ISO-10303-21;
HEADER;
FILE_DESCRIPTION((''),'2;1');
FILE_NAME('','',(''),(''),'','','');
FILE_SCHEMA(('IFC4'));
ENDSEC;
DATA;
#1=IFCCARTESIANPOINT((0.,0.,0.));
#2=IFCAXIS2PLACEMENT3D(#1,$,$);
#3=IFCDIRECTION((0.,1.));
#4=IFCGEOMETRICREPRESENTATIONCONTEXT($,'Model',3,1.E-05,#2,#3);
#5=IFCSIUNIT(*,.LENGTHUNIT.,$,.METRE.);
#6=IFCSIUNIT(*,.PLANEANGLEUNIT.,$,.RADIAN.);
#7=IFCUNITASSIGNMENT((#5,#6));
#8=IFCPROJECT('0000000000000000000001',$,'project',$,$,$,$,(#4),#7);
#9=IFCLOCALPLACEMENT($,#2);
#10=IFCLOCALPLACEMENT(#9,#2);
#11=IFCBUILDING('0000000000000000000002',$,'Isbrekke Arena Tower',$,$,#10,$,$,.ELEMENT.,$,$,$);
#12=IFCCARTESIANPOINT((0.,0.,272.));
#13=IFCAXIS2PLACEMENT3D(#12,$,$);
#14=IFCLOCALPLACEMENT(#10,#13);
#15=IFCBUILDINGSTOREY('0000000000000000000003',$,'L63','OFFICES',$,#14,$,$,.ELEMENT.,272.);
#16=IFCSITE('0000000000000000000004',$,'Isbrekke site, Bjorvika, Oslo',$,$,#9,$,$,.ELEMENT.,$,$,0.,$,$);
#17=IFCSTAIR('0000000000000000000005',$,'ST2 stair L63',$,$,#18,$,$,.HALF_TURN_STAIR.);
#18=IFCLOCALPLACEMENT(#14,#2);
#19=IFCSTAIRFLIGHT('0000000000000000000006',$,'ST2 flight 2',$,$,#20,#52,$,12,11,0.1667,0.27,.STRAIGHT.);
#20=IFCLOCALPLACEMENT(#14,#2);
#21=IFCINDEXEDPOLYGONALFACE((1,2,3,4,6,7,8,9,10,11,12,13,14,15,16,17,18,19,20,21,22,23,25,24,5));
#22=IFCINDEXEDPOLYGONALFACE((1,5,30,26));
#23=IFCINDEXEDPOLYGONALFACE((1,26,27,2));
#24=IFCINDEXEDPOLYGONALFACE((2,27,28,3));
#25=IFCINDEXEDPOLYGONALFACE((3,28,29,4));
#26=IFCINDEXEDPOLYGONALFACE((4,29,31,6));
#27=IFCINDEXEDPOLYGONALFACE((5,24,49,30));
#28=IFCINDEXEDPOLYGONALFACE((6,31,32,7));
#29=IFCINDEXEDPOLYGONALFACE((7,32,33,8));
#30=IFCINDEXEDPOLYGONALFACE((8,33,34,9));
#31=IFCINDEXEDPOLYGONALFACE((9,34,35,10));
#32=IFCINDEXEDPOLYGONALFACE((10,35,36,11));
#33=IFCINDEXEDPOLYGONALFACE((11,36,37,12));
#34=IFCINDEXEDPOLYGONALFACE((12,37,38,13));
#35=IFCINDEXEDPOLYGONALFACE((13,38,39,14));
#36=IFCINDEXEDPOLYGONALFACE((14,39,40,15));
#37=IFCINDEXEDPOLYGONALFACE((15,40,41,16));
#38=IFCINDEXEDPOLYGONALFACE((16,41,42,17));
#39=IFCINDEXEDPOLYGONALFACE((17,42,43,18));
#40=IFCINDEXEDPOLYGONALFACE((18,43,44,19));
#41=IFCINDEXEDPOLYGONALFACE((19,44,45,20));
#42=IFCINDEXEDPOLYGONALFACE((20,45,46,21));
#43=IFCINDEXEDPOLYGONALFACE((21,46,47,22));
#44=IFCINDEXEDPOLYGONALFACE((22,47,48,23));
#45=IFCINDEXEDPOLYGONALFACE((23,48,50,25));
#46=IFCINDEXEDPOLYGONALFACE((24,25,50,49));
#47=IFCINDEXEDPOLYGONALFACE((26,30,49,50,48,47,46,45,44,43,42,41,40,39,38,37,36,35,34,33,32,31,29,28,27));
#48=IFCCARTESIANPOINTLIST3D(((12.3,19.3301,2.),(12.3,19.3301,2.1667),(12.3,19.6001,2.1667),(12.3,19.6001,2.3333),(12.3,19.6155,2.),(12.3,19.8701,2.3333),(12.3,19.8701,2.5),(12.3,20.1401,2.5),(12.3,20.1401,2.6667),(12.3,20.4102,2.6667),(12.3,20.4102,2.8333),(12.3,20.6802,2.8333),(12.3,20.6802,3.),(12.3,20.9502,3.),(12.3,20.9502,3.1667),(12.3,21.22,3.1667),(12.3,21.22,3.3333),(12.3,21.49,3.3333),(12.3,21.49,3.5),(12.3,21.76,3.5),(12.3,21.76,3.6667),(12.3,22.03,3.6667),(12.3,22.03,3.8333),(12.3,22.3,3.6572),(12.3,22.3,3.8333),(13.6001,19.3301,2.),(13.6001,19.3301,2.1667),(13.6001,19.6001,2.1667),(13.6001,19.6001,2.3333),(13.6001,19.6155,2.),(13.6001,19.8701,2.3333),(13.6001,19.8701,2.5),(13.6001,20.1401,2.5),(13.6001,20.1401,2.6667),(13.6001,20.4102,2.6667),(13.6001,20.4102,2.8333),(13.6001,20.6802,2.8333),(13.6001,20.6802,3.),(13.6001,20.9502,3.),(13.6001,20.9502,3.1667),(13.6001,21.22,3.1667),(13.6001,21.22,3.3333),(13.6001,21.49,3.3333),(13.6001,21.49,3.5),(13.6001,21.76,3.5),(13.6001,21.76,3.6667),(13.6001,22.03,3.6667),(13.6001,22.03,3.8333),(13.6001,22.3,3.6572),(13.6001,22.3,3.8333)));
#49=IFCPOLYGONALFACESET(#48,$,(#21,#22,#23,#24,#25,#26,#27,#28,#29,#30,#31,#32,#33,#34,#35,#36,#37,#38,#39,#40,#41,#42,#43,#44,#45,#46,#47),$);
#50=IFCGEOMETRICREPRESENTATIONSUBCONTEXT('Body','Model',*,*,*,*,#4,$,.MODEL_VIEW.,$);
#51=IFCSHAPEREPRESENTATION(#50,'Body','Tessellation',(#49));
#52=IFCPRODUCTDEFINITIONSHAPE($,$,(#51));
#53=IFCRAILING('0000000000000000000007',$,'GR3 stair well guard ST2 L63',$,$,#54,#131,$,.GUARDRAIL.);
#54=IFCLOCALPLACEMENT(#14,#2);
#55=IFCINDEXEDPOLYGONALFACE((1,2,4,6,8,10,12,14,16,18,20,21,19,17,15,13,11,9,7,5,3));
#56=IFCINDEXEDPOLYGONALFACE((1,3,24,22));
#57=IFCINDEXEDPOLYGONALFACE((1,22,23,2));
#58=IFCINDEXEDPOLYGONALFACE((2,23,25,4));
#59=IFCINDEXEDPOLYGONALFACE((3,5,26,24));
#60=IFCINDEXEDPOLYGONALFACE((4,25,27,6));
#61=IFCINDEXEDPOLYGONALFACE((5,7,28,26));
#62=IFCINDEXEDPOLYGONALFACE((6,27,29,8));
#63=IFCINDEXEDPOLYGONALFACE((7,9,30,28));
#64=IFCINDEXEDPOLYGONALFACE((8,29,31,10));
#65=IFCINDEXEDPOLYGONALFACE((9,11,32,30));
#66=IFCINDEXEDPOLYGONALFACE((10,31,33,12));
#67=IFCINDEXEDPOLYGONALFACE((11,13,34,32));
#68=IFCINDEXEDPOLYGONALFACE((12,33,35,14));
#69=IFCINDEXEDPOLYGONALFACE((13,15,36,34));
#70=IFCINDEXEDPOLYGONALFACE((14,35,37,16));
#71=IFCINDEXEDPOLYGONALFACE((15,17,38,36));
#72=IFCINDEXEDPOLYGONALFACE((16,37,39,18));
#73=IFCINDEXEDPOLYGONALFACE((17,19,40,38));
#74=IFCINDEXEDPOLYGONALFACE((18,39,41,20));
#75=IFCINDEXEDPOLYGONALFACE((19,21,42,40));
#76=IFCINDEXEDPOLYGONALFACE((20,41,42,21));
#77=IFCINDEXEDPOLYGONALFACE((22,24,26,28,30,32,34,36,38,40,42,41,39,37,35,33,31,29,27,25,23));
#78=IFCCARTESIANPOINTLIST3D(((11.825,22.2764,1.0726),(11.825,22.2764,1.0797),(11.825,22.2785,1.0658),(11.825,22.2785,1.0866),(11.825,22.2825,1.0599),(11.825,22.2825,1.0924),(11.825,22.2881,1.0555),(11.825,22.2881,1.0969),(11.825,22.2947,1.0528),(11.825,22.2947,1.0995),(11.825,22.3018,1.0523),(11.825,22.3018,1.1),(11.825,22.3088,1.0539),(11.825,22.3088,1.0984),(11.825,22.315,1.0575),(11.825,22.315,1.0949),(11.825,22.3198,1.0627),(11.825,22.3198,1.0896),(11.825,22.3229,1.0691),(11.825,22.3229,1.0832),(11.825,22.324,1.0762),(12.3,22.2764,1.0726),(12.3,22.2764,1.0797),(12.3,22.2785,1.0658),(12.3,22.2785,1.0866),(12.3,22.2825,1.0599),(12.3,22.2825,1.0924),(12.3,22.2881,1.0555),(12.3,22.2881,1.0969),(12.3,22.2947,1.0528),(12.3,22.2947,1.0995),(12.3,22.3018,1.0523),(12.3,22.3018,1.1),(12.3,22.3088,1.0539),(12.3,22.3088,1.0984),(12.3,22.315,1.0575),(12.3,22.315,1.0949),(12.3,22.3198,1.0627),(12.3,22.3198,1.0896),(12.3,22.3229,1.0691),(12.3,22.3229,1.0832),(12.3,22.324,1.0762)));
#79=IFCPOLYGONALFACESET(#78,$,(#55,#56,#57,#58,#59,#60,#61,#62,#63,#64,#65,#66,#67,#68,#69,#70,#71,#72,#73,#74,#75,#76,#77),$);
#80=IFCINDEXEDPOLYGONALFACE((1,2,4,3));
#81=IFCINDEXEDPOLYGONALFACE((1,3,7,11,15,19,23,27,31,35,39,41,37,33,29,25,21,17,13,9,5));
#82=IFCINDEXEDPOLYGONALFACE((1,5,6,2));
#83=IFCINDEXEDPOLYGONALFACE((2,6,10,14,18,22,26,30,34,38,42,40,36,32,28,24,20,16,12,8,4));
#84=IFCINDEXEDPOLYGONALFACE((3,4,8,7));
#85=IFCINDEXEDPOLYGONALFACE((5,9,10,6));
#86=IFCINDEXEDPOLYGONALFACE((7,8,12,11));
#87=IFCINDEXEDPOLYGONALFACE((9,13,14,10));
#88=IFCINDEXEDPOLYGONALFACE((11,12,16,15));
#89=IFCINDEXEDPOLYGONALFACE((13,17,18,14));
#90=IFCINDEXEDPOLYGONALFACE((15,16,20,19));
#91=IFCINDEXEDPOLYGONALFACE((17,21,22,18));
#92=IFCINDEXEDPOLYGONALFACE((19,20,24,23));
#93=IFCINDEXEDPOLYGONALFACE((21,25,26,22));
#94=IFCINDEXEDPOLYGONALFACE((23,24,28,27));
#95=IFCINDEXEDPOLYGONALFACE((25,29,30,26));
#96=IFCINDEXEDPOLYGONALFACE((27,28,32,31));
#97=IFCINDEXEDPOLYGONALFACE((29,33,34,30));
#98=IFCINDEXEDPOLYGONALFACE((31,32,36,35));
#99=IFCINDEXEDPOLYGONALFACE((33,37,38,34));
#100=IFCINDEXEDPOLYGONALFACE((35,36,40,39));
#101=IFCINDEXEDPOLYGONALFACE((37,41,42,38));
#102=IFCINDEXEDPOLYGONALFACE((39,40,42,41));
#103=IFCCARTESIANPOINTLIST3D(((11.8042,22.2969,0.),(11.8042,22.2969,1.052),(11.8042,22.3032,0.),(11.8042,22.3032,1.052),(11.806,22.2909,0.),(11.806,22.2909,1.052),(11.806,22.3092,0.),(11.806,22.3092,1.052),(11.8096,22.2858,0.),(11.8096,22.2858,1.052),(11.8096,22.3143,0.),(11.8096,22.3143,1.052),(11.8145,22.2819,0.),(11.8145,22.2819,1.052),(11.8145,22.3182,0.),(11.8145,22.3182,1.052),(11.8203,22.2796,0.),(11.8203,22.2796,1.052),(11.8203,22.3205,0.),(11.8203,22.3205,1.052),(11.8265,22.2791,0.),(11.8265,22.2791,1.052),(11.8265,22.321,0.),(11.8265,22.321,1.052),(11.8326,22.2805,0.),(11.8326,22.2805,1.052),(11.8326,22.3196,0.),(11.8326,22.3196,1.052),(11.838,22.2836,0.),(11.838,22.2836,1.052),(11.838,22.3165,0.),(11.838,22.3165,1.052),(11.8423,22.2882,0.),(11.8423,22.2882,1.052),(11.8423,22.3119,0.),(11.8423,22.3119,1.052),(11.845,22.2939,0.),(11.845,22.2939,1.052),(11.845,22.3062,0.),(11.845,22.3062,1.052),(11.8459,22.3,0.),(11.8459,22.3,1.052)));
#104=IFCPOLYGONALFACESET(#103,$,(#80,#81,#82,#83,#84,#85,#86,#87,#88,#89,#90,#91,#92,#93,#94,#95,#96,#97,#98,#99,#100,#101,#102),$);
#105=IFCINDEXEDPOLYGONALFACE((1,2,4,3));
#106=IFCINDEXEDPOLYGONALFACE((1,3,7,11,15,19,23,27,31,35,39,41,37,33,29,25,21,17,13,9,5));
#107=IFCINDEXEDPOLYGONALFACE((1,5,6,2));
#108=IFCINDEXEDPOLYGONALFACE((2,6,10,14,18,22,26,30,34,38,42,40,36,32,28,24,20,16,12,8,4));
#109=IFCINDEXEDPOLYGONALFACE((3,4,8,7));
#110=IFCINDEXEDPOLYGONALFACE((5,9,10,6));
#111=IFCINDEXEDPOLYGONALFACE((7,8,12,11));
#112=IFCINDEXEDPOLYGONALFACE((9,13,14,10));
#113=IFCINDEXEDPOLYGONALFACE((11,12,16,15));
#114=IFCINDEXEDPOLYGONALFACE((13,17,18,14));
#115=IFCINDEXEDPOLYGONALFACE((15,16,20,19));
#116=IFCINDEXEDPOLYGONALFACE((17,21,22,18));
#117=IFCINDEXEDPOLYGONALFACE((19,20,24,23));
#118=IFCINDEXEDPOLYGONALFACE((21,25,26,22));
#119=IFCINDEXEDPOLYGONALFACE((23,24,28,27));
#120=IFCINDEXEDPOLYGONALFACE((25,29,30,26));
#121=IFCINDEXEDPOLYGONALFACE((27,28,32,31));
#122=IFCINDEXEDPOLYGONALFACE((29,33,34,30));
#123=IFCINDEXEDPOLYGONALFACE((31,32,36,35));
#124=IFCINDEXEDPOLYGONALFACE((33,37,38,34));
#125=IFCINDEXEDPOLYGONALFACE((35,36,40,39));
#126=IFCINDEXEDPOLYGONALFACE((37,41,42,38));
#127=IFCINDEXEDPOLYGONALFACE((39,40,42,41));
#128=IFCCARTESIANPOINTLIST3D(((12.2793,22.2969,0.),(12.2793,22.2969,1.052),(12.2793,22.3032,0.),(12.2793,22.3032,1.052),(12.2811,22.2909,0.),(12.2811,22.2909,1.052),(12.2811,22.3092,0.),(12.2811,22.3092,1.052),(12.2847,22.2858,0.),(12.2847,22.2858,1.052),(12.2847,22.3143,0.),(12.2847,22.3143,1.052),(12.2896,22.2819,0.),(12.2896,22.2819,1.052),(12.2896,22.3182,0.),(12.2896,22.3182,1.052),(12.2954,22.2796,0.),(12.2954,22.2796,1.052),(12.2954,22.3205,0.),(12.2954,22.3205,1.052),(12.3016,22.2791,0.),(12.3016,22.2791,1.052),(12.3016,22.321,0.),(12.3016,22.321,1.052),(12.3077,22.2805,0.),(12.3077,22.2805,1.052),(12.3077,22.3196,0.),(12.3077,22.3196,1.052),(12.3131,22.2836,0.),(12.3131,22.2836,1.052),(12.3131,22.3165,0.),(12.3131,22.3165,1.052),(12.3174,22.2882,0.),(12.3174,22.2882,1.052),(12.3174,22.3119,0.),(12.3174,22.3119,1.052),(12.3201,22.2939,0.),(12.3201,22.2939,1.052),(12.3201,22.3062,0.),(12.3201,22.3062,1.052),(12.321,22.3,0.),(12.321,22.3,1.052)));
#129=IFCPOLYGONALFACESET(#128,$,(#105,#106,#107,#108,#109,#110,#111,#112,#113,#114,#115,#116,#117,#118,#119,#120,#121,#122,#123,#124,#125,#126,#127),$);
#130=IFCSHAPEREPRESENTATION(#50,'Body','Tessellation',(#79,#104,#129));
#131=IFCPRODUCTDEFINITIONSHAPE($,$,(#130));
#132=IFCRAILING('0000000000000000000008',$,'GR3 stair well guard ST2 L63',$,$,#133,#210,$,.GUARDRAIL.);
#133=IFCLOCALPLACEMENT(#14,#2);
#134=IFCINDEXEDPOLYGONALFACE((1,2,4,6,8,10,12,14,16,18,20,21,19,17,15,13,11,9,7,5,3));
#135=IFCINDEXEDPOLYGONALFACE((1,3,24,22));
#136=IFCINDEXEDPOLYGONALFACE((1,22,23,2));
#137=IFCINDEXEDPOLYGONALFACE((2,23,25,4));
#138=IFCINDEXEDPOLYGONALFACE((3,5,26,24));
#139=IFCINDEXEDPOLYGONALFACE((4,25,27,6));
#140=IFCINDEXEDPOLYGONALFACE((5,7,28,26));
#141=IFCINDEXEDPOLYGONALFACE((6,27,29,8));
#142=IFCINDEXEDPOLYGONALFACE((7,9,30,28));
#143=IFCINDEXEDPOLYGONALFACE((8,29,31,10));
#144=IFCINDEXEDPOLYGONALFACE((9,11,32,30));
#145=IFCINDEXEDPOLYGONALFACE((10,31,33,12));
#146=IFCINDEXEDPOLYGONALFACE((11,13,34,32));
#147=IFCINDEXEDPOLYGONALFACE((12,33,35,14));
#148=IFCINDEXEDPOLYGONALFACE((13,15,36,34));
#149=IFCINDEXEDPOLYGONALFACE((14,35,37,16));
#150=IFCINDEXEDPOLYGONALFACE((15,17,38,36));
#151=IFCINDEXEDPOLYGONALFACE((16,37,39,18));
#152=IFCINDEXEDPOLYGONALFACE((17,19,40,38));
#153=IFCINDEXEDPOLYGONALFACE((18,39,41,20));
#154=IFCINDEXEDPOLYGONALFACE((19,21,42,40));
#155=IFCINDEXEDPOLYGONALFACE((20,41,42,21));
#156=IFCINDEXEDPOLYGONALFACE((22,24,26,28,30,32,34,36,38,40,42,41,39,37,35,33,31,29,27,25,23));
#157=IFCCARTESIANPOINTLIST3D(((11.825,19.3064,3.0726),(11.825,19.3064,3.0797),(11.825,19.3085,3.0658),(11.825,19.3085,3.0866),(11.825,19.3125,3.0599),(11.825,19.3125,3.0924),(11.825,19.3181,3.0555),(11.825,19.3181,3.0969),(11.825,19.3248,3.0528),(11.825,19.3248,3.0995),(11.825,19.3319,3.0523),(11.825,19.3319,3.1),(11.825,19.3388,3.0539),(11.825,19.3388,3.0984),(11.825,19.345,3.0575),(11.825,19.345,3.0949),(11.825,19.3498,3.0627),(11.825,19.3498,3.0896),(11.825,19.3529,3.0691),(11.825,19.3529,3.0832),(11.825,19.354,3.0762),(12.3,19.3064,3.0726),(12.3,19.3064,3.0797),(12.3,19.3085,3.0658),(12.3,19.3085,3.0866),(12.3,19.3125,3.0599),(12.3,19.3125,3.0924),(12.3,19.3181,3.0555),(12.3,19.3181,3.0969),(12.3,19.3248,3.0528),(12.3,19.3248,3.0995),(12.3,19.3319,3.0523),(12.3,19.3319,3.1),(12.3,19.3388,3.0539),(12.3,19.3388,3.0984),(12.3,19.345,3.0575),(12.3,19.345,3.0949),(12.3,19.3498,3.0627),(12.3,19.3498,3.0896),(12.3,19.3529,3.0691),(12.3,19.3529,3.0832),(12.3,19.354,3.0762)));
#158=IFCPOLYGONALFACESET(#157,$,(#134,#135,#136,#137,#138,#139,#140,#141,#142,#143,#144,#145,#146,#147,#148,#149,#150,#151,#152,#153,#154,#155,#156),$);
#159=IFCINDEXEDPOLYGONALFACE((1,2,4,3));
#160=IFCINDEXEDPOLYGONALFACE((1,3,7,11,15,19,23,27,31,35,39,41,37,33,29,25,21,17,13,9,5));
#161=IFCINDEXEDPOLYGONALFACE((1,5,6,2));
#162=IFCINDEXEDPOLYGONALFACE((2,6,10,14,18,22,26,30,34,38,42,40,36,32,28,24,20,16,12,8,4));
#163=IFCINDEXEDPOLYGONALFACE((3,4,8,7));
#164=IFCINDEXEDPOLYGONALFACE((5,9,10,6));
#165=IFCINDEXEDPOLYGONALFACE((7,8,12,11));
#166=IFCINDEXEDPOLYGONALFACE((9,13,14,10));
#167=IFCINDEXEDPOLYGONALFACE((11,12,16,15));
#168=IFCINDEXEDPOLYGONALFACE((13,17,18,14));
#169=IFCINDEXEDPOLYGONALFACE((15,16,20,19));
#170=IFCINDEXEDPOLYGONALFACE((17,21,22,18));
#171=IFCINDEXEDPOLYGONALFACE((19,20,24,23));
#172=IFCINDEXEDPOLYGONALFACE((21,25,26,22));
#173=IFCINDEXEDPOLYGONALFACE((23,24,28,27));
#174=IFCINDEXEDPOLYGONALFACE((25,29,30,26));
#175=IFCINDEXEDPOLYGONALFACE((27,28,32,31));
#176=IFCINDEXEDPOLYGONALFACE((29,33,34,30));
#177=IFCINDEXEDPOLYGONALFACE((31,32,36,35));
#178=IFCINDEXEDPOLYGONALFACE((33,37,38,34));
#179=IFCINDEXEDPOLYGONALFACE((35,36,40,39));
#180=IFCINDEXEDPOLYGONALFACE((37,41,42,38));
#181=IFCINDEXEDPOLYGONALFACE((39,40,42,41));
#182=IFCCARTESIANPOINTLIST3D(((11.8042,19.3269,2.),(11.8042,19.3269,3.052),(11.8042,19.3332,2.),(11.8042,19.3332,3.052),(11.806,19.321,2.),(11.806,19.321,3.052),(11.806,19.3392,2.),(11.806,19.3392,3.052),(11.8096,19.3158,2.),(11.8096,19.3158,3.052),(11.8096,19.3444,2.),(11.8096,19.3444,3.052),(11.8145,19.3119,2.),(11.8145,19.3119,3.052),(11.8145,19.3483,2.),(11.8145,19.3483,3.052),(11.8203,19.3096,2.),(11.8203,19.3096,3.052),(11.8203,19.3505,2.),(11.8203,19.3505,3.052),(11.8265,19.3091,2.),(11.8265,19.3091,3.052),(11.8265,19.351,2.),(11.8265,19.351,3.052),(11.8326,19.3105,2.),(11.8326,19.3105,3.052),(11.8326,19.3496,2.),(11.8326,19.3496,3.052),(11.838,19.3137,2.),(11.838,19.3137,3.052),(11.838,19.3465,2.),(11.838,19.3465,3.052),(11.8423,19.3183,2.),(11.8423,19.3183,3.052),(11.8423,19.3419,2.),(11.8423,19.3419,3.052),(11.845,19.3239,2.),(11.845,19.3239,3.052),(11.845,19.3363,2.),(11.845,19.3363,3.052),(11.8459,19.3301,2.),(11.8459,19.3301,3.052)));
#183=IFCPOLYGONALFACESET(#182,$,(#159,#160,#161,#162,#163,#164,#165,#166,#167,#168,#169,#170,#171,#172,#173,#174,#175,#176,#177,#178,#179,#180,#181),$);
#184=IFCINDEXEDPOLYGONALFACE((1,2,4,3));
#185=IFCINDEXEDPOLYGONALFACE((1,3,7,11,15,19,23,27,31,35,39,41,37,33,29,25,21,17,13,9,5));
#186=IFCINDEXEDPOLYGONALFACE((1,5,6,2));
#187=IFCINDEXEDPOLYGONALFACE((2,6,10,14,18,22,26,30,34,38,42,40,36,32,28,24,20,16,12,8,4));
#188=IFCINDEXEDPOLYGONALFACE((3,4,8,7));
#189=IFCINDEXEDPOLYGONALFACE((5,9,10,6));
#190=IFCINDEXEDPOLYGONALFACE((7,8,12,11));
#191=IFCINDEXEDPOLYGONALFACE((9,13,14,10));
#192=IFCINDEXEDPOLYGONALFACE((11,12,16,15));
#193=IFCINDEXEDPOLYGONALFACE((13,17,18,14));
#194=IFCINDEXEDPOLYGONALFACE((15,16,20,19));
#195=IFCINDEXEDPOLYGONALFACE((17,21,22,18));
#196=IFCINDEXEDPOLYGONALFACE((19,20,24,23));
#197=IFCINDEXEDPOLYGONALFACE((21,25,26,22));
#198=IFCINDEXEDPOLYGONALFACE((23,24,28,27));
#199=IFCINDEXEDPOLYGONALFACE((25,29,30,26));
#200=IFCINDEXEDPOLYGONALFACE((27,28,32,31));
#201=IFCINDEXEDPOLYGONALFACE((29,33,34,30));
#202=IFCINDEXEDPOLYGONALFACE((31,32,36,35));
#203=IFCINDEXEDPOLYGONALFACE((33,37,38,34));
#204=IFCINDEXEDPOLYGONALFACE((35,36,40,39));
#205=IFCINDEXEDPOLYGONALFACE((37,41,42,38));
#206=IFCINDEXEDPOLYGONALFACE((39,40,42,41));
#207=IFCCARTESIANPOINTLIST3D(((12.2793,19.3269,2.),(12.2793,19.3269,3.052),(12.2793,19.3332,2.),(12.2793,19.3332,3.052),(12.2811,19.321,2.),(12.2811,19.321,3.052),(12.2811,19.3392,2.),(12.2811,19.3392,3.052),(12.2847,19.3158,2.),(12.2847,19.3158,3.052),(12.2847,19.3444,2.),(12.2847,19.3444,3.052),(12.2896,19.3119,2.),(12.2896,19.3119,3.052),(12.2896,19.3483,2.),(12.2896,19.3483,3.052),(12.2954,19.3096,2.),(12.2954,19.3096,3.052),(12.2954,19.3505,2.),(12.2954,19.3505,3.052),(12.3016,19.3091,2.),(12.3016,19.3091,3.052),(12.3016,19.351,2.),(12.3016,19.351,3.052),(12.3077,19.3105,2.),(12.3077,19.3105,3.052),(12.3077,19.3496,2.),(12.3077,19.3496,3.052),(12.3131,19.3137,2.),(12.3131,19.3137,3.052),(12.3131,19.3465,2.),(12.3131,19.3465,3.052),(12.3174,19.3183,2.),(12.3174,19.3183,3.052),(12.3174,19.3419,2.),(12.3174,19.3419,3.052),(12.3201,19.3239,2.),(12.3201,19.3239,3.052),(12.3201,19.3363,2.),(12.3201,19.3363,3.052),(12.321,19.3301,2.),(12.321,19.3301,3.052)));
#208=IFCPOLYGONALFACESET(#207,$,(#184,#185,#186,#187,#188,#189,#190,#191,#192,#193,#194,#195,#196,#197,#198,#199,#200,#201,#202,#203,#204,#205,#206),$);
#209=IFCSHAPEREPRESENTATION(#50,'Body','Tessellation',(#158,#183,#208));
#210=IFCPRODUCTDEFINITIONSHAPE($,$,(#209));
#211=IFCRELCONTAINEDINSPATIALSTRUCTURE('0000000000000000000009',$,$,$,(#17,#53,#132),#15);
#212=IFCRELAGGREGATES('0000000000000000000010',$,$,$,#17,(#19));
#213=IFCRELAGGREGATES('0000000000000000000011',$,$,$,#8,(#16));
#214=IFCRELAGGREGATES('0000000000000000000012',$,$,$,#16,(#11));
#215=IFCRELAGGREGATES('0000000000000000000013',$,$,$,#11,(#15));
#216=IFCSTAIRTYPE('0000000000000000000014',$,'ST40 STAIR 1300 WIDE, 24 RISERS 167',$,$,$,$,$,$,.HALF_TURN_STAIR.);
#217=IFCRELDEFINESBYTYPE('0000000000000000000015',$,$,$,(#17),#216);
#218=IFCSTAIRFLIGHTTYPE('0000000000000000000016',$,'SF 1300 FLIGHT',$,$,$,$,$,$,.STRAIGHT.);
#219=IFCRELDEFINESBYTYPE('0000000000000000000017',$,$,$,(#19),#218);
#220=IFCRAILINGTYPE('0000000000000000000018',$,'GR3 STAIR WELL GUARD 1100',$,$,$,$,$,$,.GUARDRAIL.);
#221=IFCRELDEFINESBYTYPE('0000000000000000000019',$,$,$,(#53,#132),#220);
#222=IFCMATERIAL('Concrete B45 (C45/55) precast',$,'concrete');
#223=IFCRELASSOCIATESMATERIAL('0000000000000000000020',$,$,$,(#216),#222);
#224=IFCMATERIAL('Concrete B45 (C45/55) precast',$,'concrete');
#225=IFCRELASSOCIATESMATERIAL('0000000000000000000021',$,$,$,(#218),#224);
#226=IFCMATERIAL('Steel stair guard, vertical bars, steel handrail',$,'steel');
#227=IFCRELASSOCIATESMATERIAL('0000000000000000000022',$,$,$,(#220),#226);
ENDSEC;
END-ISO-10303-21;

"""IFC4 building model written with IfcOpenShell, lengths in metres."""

from ifc_helpers import new_model, si_unit, direction, frame, origin, origin_2d, place, context, subcontext, project, spatial, polyline, circle, outline, extrude, material, type_object, element, aggregate, save


model = new_model("IFC4")

# Units and contexts
model_context = context("Model", 3, precision=1e-05, world=origin(), true_north=direction((0.0, 1.0)))
body_context = subcontext(model_context, "Body", "Model", "MODEL_VIEW")
ifc_project = project(units=[si_unit("LENGTHUNIT", "METRE"), si_unit("PLANEANGLEUNIT", "RADIAN")], contexts=[model_context])

# Site, building, storey
site_placement = place(None, origin())
site = spatial("IfcSite", under=ifc_project, at=site_placement, Name="Isbrekke site, Bjorvika, Oslo", CompositionType="ELEMENT", RefElevation=0.0)
building_placement = place(site_placement, origin())
building = spatial("IfcBuilding", under=site, at=building_placement, Name="Isbrekke Arena Tower", CompositionType="ELEMENT")
storey_placement = place(building_placement, frame((0.0, 0.0, 272.0)))
storey = spatial("IfcBuildingStorey", under=building, at=storey_placement, Name="L63", Description="OFFICES", CompositionType="ELEMENT", Elevation=272.0)

# Stair, stair flight
ifc_material_1 = material(Name="Concrete B45 (C45/55) precast", Category="concrete")
stair_type = type_object("IfcStairType", Name="ST40 STAIR 1300 WIDE, 24 RISERS 167", PredefinedType="HALF_TURN_STAIR", material=ifc_material_1)
stair_placement = place(storey_placement, origin())
stair = element("IfcStair", 1, at=stair_placement, inside=storey, type_object=stair_type, Name="ST2 stair L63", PredefinedType="HALF_TURN_STAIR")
ifc_material_2 = material(Name="Concrete B45 (C45/55) precast", Category="concrete")
stair_flight_type = type_object("IfcStairFlightType", Name="SF 1300 FLIGHT", PredefinedType="STRAIGHT", material=ifc_material_2)
stair_flight_1_placement = place(storey_placement, frame((12.95, 19.3301, 2.0), z_axis=(0.0, 0.0, 1.0), x_axis=(0.0, 1.0, 0.0)))
stair_flight_1 = element("IfcStairFlight", 2, at=stair_flight_1_placement, type_object=stair_flight_type, Name="ST2 flight 2", NumberOfRisers=12, NumberOfTreads=11, PredefinedType="STRAIGHT", RiserHeight=0.1667, TreadLength=0.27, context=body_context, shape_type="SweptSolid", body=[
    extrude(outline(polyline([(0.0, 0.0), (0.0, 0.1667), (0.27, 0.1667), (0.27, 0.3333), (0.54, 0.3333), (0.54, 0.5), (0.8101, 0.5), (0.8101, 0.6667), (1.0801, 0.6667), (1.0801, 0.8333), (1.3501, 0.8333), (1.3501, 1.0), (1.6201, 1.0), (1.6201, 1.1667), (1.8899, 1.1667), (1.8899, 1.3333), (2.1599, 1.3333), (2.1599, 1.5), (2.4299, 1.5), (2.4299, 1.6667), (2.7, 1.6667), (2.7, 1.8333), (2.97, 1.8333), (2.97, 2.0), (2.97, 1.6572), (0.2854, 0.0), (0.0, 0.0)])), frame((0.0, 0.6499, 0.0), z_axis=(0.0, -1.0, 0.0), x_axis=(1.0, 0.0, 0.0)), (0.0, 0.0, 1.0), 1.3),
])
aggregate(stair, [stair_flight_1])

# Railings
ifc_material_3 = material(Name="Steel stair guard, vertical bars, steel handrail", Category="steel")
railing_type = type_object("IfcRailingType", Name="GR3 STAIR WELL GUARD 1100", PredefinedType="GUARDRAIL", material=ifc_material_3)
for number, where, name in (
    (3, (11.825, 22.3, 0.0), "GR3 stair well guard ST2 L63"),
    (4, (11.825, 19.3301, 2.0), "GR3 stair well guard ST2 L63"),
):
    element("IfcRailing", number, at=place(storey_placement, frame(where)), inside=storey, type_object=railing_type, Name=name, PredefinedType="GUARDRAIL", context=body_context, shape_type="SweptSolid", body=[
        extrude(circle(Radius=0.0239, at=origin_2d()), frame((0.0, 0.0, 1.0762), z_axis=(1.0, 0.0, 0.0), x_axis=(0.0, 1.0, 0.0)), (0.0, 0.0, 1.0), 0.4751),
        extrude(circle(Radius=0.021, at=origin_2d()), origin(), (0.0, 0.0, 1.0), 1.052),
        extrude(circle(Radius=0.021, at=origin_2d()), frame((0.4751, 0.0, 0.0)), (0.0, 0.0, 1.0), 1.052),
    ])

save(model, "model.ifc")
